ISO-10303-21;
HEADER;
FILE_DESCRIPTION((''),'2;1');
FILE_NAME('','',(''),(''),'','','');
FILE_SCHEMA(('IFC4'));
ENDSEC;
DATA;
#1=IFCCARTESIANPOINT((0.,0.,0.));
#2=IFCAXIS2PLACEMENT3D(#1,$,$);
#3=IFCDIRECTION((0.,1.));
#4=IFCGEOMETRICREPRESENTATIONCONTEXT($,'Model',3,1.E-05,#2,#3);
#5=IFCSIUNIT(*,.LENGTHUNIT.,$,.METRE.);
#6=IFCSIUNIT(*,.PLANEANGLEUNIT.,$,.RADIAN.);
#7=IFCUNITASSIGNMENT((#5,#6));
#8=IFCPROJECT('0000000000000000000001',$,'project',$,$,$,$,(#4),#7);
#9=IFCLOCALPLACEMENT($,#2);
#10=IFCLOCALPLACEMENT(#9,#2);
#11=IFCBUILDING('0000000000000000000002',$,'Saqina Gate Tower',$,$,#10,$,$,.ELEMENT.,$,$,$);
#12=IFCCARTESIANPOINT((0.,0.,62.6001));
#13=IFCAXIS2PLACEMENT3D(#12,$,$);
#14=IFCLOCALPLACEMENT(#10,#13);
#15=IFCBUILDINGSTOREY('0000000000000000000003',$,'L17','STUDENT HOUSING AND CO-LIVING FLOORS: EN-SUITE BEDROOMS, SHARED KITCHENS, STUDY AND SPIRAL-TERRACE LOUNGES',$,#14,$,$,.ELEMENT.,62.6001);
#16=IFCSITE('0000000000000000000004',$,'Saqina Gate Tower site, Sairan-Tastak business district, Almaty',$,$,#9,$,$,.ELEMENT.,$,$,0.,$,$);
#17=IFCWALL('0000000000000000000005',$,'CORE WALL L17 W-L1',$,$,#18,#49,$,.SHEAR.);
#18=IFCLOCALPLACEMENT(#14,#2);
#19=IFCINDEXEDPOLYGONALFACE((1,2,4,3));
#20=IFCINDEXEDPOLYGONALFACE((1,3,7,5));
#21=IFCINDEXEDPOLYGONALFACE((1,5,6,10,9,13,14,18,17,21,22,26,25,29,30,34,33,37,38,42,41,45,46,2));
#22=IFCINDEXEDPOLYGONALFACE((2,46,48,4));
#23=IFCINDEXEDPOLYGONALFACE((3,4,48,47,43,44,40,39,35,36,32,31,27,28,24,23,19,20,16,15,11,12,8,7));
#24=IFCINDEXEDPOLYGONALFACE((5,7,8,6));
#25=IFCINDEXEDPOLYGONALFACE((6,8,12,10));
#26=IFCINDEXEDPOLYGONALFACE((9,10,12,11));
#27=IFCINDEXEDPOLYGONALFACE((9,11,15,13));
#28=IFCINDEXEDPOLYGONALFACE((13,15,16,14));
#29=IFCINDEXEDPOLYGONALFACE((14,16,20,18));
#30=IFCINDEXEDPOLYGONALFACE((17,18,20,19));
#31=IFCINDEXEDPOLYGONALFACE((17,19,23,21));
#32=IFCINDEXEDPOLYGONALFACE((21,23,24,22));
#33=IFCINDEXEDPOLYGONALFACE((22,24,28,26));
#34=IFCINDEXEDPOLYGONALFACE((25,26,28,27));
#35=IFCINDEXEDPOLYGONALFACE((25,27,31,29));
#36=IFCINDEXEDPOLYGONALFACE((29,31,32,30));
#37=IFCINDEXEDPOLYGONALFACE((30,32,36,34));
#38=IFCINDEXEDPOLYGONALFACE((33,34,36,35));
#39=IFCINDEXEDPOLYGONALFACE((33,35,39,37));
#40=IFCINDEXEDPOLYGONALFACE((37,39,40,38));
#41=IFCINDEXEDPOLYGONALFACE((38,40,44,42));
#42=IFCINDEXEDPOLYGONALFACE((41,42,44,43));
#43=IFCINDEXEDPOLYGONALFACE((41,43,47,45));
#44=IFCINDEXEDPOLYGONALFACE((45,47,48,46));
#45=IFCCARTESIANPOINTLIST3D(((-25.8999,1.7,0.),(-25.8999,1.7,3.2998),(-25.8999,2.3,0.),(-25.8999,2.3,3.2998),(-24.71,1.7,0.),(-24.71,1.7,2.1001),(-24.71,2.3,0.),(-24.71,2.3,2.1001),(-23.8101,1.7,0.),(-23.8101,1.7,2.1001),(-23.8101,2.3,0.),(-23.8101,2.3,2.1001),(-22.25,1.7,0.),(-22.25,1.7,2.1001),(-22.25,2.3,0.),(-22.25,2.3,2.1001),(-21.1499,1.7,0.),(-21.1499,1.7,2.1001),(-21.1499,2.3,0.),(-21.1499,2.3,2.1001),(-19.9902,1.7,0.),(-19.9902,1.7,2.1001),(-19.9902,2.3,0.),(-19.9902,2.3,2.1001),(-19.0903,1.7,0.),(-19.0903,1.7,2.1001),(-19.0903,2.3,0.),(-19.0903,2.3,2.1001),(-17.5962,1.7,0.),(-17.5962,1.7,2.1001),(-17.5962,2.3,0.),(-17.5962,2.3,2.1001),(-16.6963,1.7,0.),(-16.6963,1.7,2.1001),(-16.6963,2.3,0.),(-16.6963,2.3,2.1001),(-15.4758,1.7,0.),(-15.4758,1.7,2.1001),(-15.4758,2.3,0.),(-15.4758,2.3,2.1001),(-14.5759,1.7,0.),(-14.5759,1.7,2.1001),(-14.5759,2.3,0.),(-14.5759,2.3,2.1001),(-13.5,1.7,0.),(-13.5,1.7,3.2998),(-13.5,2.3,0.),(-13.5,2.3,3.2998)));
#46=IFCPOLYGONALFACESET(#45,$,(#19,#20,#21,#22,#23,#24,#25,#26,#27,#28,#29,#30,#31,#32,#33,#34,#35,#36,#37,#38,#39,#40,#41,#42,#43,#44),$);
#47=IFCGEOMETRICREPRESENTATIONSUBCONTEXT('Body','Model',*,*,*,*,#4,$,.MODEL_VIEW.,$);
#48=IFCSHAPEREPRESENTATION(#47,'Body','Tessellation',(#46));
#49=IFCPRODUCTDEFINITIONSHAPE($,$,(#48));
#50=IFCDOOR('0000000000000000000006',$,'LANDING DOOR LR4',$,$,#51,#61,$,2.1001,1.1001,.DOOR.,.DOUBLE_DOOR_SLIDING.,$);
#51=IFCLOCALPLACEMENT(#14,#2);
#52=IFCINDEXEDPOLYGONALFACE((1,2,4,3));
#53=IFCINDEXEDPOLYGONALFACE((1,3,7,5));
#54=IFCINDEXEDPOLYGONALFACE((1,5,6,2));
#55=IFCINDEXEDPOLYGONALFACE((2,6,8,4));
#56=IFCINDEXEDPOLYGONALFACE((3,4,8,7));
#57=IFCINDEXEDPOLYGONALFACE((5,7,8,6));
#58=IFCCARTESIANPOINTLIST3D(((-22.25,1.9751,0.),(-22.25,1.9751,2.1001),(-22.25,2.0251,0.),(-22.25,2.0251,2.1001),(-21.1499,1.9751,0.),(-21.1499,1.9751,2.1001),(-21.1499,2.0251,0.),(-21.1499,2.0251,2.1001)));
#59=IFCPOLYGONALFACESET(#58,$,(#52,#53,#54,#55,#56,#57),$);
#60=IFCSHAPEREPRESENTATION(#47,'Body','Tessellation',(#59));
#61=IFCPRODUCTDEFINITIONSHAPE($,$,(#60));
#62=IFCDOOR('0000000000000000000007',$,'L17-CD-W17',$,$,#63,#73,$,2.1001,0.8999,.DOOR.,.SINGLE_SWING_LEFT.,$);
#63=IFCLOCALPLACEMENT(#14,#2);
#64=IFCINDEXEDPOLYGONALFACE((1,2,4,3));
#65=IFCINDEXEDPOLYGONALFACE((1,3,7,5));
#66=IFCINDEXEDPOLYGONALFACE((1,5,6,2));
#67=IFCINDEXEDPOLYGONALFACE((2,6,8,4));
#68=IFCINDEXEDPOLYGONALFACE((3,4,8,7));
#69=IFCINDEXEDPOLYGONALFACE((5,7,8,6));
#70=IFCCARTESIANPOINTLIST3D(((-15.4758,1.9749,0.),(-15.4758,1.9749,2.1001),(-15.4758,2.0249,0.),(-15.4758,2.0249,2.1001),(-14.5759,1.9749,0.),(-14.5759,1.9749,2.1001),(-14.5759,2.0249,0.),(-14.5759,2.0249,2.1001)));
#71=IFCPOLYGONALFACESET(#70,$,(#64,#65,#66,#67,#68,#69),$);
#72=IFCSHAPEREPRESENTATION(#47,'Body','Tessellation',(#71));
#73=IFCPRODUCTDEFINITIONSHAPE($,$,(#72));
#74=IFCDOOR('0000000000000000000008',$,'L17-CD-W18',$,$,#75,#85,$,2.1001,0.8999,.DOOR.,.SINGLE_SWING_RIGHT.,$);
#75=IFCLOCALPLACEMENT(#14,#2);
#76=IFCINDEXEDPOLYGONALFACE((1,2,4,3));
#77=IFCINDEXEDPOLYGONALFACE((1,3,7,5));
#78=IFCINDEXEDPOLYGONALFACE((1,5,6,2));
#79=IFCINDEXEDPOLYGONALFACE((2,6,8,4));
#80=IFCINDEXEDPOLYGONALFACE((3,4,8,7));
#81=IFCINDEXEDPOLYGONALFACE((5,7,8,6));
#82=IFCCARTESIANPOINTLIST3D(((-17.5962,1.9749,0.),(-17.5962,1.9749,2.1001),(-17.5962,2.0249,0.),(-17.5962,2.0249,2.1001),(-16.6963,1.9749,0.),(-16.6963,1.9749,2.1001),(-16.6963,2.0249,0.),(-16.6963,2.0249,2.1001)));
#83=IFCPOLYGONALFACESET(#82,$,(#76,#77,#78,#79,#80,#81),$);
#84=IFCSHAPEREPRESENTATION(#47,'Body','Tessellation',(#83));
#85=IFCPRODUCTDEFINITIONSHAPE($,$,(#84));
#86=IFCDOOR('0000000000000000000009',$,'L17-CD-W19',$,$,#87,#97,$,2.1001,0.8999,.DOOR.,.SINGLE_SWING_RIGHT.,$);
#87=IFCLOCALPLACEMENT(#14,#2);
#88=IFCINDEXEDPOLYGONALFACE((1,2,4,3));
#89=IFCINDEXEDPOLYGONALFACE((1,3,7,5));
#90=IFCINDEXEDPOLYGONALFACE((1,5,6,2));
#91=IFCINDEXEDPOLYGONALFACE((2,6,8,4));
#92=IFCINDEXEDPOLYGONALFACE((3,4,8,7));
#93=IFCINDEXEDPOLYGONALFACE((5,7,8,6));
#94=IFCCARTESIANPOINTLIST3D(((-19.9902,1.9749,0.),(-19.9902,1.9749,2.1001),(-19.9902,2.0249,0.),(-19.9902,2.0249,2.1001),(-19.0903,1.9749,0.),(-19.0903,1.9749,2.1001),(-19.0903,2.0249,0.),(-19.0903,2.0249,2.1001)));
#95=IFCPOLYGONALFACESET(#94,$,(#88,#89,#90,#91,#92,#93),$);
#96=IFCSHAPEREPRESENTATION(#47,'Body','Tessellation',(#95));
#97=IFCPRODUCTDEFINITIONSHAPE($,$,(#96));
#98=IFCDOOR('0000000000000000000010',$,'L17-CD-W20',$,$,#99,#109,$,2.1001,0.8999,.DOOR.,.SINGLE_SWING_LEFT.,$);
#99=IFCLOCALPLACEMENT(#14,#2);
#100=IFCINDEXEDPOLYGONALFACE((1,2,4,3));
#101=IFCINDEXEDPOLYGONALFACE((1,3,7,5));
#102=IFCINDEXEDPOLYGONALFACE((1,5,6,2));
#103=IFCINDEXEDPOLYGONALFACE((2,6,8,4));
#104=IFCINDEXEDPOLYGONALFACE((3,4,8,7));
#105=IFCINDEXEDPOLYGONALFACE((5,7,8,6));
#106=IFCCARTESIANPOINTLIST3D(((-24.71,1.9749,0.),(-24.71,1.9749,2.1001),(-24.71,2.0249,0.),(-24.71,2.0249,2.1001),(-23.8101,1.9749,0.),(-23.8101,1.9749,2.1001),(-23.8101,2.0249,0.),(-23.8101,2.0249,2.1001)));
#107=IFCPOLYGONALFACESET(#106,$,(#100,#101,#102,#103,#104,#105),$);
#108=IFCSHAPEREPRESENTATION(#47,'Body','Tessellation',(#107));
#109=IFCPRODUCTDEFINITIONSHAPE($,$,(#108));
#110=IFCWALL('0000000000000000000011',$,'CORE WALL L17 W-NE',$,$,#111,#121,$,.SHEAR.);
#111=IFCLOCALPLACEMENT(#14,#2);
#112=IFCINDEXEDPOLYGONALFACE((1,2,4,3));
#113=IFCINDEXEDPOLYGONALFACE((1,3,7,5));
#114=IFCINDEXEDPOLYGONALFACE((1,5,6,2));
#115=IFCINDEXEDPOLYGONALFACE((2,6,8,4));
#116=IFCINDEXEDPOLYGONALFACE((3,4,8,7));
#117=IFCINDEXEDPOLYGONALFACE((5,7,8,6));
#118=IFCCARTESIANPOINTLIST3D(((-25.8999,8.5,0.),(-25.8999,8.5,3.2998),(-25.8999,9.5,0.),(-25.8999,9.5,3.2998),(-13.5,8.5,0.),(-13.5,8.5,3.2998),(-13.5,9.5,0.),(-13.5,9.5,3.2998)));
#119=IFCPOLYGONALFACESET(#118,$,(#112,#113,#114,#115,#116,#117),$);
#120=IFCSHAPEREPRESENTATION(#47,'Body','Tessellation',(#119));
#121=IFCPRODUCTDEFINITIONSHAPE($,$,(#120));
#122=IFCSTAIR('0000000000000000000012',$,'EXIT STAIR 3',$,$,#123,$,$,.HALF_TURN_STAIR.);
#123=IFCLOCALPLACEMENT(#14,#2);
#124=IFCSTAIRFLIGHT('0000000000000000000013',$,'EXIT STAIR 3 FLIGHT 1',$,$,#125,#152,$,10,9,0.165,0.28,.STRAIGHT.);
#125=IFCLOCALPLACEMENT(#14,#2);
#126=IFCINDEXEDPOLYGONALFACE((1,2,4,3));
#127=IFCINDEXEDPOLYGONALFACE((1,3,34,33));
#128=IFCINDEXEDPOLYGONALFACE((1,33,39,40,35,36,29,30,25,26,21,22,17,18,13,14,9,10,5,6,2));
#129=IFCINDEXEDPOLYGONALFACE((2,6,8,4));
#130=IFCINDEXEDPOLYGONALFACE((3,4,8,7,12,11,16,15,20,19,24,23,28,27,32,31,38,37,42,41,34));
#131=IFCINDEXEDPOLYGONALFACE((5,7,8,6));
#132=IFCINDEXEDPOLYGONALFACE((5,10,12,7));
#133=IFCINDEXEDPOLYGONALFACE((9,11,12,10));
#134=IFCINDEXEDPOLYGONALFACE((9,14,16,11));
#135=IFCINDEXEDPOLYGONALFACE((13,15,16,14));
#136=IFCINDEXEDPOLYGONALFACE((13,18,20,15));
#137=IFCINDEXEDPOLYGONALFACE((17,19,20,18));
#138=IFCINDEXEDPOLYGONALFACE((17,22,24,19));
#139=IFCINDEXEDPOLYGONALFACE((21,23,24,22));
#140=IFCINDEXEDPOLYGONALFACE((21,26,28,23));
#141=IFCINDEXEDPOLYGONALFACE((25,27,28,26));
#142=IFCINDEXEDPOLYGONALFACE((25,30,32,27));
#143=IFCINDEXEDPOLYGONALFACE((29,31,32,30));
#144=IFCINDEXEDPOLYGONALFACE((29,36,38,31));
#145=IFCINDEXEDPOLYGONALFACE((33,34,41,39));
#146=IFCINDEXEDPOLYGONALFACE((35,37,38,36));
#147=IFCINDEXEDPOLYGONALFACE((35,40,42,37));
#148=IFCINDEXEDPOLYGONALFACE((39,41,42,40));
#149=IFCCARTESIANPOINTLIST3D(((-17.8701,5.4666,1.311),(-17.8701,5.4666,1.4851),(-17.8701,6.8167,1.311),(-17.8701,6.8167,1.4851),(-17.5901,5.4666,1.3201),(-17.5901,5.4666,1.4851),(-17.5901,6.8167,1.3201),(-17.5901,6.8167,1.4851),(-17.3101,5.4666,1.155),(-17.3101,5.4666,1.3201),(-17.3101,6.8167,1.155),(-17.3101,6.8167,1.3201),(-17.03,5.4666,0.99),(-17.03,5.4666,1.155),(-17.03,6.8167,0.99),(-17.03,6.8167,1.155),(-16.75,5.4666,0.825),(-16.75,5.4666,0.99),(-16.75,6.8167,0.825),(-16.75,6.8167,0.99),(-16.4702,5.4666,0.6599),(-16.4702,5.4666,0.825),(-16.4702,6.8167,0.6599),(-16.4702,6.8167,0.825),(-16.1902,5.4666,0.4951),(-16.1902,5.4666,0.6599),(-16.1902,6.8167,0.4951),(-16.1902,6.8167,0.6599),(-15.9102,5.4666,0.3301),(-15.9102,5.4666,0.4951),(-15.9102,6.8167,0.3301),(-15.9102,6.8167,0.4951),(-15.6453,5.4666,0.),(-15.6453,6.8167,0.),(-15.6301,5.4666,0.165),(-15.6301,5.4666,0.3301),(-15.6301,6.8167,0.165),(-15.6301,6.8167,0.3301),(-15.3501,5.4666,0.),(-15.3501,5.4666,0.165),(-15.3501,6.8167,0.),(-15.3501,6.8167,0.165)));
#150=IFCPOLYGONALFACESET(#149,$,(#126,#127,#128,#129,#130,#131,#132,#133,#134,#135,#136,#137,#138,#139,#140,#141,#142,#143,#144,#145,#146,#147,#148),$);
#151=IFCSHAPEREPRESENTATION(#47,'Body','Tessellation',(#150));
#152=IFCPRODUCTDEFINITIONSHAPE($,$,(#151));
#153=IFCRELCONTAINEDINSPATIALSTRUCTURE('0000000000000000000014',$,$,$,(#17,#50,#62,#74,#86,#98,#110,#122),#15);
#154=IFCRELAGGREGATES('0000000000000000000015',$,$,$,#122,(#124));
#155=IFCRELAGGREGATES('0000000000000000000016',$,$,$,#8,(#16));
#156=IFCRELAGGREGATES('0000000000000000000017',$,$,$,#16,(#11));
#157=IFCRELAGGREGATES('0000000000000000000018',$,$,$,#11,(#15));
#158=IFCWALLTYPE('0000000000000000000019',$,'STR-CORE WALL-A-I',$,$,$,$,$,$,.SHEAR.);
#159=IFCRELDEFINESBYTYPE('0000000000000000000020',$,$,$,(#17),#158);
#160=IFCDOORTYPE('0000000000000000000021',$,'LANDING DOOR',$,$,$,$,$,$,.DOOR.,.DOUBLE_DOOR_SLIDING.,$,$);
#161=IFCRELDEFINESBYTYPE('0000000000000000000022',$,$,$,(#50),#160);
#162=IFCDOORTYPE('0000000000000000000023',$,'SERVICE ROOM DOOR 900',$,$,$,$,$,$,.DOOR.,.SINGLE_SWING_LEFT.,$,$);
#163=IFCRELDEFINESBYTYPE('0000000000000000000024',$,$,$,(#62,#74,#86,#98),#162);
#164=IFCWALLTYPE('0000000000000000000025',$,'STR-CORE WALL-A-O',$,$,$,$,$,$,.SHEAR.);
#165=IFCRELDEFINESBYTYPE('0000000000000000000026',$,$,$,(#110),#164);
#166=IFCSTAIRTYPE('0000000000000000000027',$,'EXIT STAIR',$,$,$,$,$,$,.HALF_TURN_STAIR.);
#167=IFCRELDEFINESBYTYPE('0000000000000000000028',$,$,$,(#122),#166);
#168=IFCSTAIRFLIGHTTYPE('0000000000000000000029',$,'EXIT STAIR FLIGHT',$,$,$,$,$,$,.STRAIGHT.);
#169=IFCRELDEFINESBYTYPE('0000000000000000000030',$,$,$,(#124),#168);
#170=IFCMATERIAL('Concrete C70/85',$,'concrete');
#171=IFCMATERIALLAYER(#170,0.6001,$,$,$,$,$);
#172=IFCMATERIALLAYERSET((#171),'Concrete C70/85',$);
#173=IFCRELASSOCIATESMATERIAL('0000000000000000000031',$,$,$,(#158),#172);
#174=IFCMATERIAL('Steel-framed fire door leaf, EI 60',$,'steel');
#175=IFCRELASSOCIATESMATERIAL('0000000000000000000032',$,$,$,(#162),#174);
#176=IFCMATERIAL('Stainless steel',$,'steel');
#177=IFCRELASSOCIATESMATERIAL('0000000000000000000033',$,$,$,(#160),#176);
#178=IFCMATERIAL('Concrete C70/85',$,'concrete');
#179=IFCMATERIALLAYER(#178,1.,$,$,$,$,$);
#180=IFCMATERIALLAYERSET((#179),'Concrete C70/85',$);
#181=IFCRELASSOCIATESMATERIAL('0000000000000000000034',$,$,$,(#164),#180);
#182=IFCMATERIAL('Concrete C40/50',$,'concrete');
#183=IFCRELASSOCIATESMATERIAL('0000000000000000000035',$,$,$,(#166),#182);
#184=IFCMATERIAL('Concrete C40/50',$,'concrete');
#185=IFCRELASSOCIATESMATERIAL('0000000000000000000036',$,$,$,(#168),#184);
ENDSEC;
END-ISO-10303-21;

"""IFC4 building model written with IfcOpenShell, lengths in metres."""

from ifc_helpers import new_model, si_unit, direction, frame, frame_2d, origin, place, context, subcontext, project, spatial, polyline, rectangle, outline, extrude, material, layer, layer_set, type_object, element, fill, aggregate, save


model = new_model("IFC4")

# Units and contexts
model_context = context("Model", 3, precision=1e-05, world=origin(), true_north=direction((0.0, 1.0)))
body_context = subcontext(model_context, "Body", "Model", "MODEL_VIEW")
ifc_project = project(units=[si_unit("LENGTHUNIT", "METRE"), si_unit("PLANEANGLEUNIT", "RADIAN")], contexts=[model_context])

# Site, building, storey
site_placement = place(None, origin())
site = spatial("IfcSite", under=ifc_project, at=site_placement, Name="Saqina Gate Tower site, Sairan-Tastak business district, Almaty", CompositionType="ELEMENT", RefElevation=0.0)
building_placement = place(site_placement, origin())
building = spatial("IfcBuilding", under=site, at=building_placement, Name="Saqina Gate Tower", CompositionType="ELEMENT")
storey_placement = place(building_placement, frame((0.0, 0.0, 62.6001)))
storey = spatial("IfcBuildingStorey", under=building, at=storey_placement, Name="L17", Description="STUDENT HOUSING AND CO-LIVING FLOORS: EN-SUITE BEDROOMS, SHARED KITCHENS, STUDY AND SPIRAL-TERRACE LOUNGES", CompositionType="ELEMENT", Elevation=62.6001)

# Wall, openings, doors
ifc_material_1 = material(Name="Concrete C70/85", Category="concrete")
ifc_layer_1 = layer(ifc_material_1, 0.6001)
ifc_layer_set_1 = layer_set([ifc_layer_1], Name="Concrete C70/85")
wall_type_1 = type_object("IfcWallType", Name="STR-CORE WALL-A-I", PredefinedType="SHEAR", material=ifc_layer_set_1)
ifc_material_2 = material(Name="Steel-framed fire door leaf, EI 60", Category="steel")
door_type_1 = type_object("IfcDoorType", Name="SERVICE ROOM DOOR 900", OperationType="SINGLE_SWING_LEFT", PredefinedType="DOOR", material=ifc_material_2)
wall_1_placement = place(storey_placement, frame((-13.5, 2.0, 0.0), z_axis=(0.0, 0.0, 1.0), x_axis=(-1.0, 0.0, 0.0)))
wall_1 = element("IfcWall", 1, at=wall_1_placement, inside=storey, type_object=wall_type_1, Name="CORE WALL L17 W-L1", PredefinedType="SHEAR", context=body_context, shape_type="SweptSolid", body=[
    extrude(rectangle(XDim=12.3999, YDim=0.6001, at=frame_2d((6.2, 0.0))), origin(), (0.0, 0.0, 1.0), 3.2998),
])
opening_1_placement = place(wall_1_placement, frame((7.6499, 0.0, 0.0)))
opening_1 = element("IfcOpeningElement", 2, at=opening_1_placement, cuts=wall_1, PredefinedType="OPENING", context=body_context, shape_type="SweptSolid", body=[
    extrude(rectangle(XDim=1.1001, YDim=2.1001, at=frame_2d((0.55, 1.05))), frame((0.0, 0.312, 0.0), z_axis=(0.0, -1.0, 0.0), x_axis=(1.0, 0.0, 0.0)), (0.0, 0.0, 1.0), 0.624),
])
opening_2_placement = place(wall_1_placement, frame((1.0759, 0.0, 0.0)))
opening_2 = element("IfcOpeningElement", 3, at=opening_2_placement, cuts=wall_1, PredefinedType="OPENING", context=body_context, shape_type="SweptSolid", body=[
    extrude(rectangle(XDim=0.8999, YDim=2.1001, at=frame_2d((0.45, 1.05))), frame((0.0, 0.312, 0.0), z_axis=(0.0, -1.0, 0.0), x_axis=(1.0, 0.0, 0.0)), (0.0, 0.0, 1.0), 0.624),
])
opening_3_placement = place(wall_1_placement, frame((3.1963, 0.0, 0.0)))
opening_3 = element("IfcOpeningElement", 4, at=opening_3_placement, cuts=wall_1, PredefinedType="OPENING", context=body_context, shape_type="SweptSolid", body=[
    extrude(rectangle(XDim=0.8999, YDim=2.1001, at=frame_2d((0.45, 1.05))), frame((0.0, 0.312, 0.0), z_axis=(0.0, -1.0, 0.0), x_axis=(1.0, 0.0, 0.0)), (0.0, 0.0, 1.0), 0.624),
])
opening_4_placement = place(wall_1_placement, frame((5.5903, 0.0, 0.0)))
opening_4 = element("IfcOpeningElement", 5, at=opening_4_placement, cuts=wall_1, PredefinedType="OPENING", context=body_context, shape_type="SweptSolid", body=[
    extrude(rectangle(XDim=0.8999, YDim=2.1001, at=frame_2d((0.45, 1.05))), frame((0.0, 0.312, 0.0), z_axis=(0.0, -1.0, 0.0), x_axis=(1.0, 0.0, 0.0)), (0.0, 0.0, 1.0), 0.624),
])
opening_5_placement = place(wall_1_placement, frame((10.3101, 0.0, 0.0)))
opening_5 = element("IfcOpeningElement", 6, at=opening_5_placement, cuts=wall_1, PredefinedType="OPENING", context=body_context, shape_type="SweptSolid", body=[
    extrude(rectangle(XDim=0.8999, YDim=2.1001, at=frame_2d((0.45, 1.05))), frame((0.0, 0.312, 0.0), z_axis=(0.0, -1.0, 0.0), x_axis=(1.0, 0.0, 0.0)), (0.0, 0.0, 1.0), 0.624),
])
ifc_material_3 = material(Name="Stainless steel", Category="steel")
door_type_2 = type_object("IfcDoorType", Name="LANDING DOOR", OperationType="DOUBLE_DOOR_SLIDING", PredefinedType="DOOR", material=ifc_material_3)
door_1_placement = place(opening_1_placement, origin())
door_1 = element("IfcDoor", 7, at=door_1_placement, inside=storey, type_object=door_type_2, Name="LANDING DOOR LR4", OperationType="DOUBLE_DOOR_SLIDING", OverallHeight=2.1001, OverallWidth=1.1001, PredefinedType="DOOR", context=body_context, shape_type="SweptSolid", body=[
    extrude(rectangle(XDim=1.1001, YDim=2.1001, at=frame_2d((0.55, 1.05))), frame((0.0, 0.0249, 0.0), z_axis=(0.0, -1.0, 0.0), x_axis=(1.0, 0.0, 0.0)), (0.0, 0.0, 1.0), 0.05),
])
fill(opening_1, door_1)
door_2_placement = place(opening_2_placement, frame((0.8999, 0.0, 0.0), z_axis=(0.0, 0.0, 1.0), x_axis=(-1.0, 0.0, 0.0)))
door_2 = element("IfcDoor", 8, at=door_2_placement, inside=storey, type_object=door_type_1, Name="L17-CD-W17", OperationType="SINGLE_SWING_LEFT", OverallHeight=2.1001, OverallWidth=0.8999, PredefinedType="DOOR", context=body_context, shape_type="SweptSolid", body=[
    extrude(rectangle(XDim=0.8999, YDim=2.1001, at=frame_2d((0.45, 1.05))), frame((0.0, 0.0249, 0.0), z_axis=(0.0, -1.0, 0.0), x_axis=(1.0, 0.0, 0.0)), (0.0, 0.0, 1.0), 0.05),
])
fill(opening_2, door_2)
door_3_placement = place(opening_3_placement, frame((0.8999, 0.0, 0.0), z_axis=(0.0, 0.0, 1.0), x_axis=(-1.0, 0.0, 0.0)))
door_3 = element("IfcDoor", 9, at=door_3_placement, inside=storey, type_object=door_type_1, Name="L17-CD-W18", OperationType="SINGLE_SWING_RIGHT", OverallHeight=2.1001, OverallWidth=0.8999, PredefinedType="DOOR", context=body_context, shape_type="SweptSolid", body=[
    extrude(rectangle(XDim=0.8999, YDim=2.1001, at=frame_2d((0.45, 1.05))), frame((0.0, 0.0249, 0.0), z_axis=(0.0, -1.0, 0.0), x_axis=(1.0, 0.0, 0.0)), (0.0, 0.0, 1.0), 0.05),
])
fill(opening_3, door_3)
door_4_placement = place(opening_4_placement, frame((0.8999, 0.0, 0.0), z_axis=(0.0, 0.0, 1.0), x_axis=(-1.0, 0.0, 0.0)))
door_4 = element("IfcDoor", 10, at=door_4_placement, inside=storey, type_object=door_type_1, Name="L17-CD-W19", OperationType="SINGLE_SWING_RIGHT", OverallHeight=2.1001, OverallWidth=0.8999, PredefinedType="DOOR", context=body_context, shape_type="SweptSolid", body=[
    extrude(rectangle(XDim=0.8999, YDim=2.1001, at=frame_2d((0.45, 1.05))), frame((0.0, 0.0249, 0.0), z_axis=(0.0, -1.0, 0.0), x_axis=(1.0, 0.0, 0.0)), (0.0, 0.0, 1.0), 0.05),
])
fill(opening_4, door_4)
door_5_placement = place(opening_5_placement, frame((0.8999, 0.0, 0.0), z_axis=(0.0, 0.0, 1.0), x_axis=(-1.0, 0.0, 0.0)))
door_5 = element("IfcDoor", 11, at=door_5_placement, inside=storey, type_object=door_type_1, Name="L17-CD-W20", OperationType="SINGLE_SWING_LEFT", OverallHeight=2.1001, OverallWidth=0.8999, PredefinedType="DOOR", context=body_context, shape_type="SweptSolid", body=[
    extrude(rectangle(XDim=0.8999, YDim=2.1001, at=frame_2d((0.45, 1.05))), frame((0.0, 0.0249, 0.0), z_axis=(0.0, -1.0, 0.0), x_axis=(1.0, 0.0, 0.0)), (0.0, 0.0, 1.0), 0.05),
])
fill(opening_5, door_5)

# Wall
ifc_material_4 = material(Name="Concrete C70/85", Category="concrete")
ifc_layer_2 = layer(ifc_material_4, 1.0)
ifc_layer_set_2 = layer_set([ifc_layer_2], Name="Concrete C70/85")
wall_type_2 = type_object("IfcWallType", Name="STR-CORE WALL-A-O", PredefinedType="SHEAR", material=ifc_layer_set_2)
wall_2_placement = place(storey_placement, frame((-13.5, 9.0, 0.0), z_axis=(0.0, 0.0, 1.0), x_axis=(-1.0, 0.0, 0.0)))
element("IfcWall", 12, at=wall_2_placement, inside=storey, type_object=wall_type_2, Name="CORE WALL L17 W-NE", PredefinedType="SHEAR", context=body_context, shape_type="SweptSolid", body=[
    extrude(rectangle(XDim=12.3999, YDim=1.0, at=frame_2d((6.2, 0.0))), origin(), (0.0, 0.0, 1.0), 3.2998),
])

# Stair, stair flight
ifc_material_5 = material(Name="Concrete C40/50", Category="concrete")
stair_type = type_object("IfcStairType", Name="EXIT STAIR", PredefinedType="HALF_TURN_STAIR", material=ifc_material_5)
stair_placement = place(storey_placement, origin())
stair = element("IfcStair", 13, at=stair_placement, inside=storey, type_object=stair_type, Name="EXIT STAIR 3", PredefinedType="HALF_TURN_STAIR")
ifc_material_6 = material(Name="Concrete C40/50", Category="concrete")
stair_flight_type = type_object("IfcStairFlightType", Name="EXIT STAIR FLIGHT", PredefinedType="STRAIGHT", material=ifc_material_6)
stair_flight_1_placement = place(storey_placement, frame((-15.3501, 6.1416, 0.0), z_axis=(0.0, 0.0, 1.0), x_axis=(-1.0, 0.0, 0.0)))
stair_flight_1 = element("IfcStairFlight", 14, at=stair_flight_1_placement, type_object=stair_flight_type, Name="EXIT STAIR 3 FLIGHT 1", NumberOfRisers=10, NumberOfTreads=9, PredefinedType="STRAIGHT", RiserHeight=0.165, TreadLength=0.28, context=body_context, shape_type="SweptSolid", body=[
    extrude(outline(polyline([(0.0, 0.0), (0.0, 0.165), (0.28, 0.165), (0.28, 0.3301), (0.5601, 0.3301), (0.5601, 0.4951), (0.8401, 0.4951), (0.8401, 0.6599), (1.1201, 0.6599), (1.1201, 0.825), (1.3999, 0.825), (1.3999, 0.99), (1.6799, 0.99), (1.6799, 1.155), (1.96, 1.155), (1.96, 1.3201), (2.24, 1.3201), (2.24, 1.4851), (2.52, 1.4851), (2.52, 1.6499), (2.52, 1.311), (0.2952, 0.0), (0.0, 0.0)])), frame((0.0, 0.675, 0.0), z_axis=(0.0, -1.0, 0.0), x_axis=(1.0, 0.0, 0.0)), (0.0, 0.0, 1.0), 1.3501),
])
aggregate(stair, [stair_flight_1])

save(model, "model.ifc")
